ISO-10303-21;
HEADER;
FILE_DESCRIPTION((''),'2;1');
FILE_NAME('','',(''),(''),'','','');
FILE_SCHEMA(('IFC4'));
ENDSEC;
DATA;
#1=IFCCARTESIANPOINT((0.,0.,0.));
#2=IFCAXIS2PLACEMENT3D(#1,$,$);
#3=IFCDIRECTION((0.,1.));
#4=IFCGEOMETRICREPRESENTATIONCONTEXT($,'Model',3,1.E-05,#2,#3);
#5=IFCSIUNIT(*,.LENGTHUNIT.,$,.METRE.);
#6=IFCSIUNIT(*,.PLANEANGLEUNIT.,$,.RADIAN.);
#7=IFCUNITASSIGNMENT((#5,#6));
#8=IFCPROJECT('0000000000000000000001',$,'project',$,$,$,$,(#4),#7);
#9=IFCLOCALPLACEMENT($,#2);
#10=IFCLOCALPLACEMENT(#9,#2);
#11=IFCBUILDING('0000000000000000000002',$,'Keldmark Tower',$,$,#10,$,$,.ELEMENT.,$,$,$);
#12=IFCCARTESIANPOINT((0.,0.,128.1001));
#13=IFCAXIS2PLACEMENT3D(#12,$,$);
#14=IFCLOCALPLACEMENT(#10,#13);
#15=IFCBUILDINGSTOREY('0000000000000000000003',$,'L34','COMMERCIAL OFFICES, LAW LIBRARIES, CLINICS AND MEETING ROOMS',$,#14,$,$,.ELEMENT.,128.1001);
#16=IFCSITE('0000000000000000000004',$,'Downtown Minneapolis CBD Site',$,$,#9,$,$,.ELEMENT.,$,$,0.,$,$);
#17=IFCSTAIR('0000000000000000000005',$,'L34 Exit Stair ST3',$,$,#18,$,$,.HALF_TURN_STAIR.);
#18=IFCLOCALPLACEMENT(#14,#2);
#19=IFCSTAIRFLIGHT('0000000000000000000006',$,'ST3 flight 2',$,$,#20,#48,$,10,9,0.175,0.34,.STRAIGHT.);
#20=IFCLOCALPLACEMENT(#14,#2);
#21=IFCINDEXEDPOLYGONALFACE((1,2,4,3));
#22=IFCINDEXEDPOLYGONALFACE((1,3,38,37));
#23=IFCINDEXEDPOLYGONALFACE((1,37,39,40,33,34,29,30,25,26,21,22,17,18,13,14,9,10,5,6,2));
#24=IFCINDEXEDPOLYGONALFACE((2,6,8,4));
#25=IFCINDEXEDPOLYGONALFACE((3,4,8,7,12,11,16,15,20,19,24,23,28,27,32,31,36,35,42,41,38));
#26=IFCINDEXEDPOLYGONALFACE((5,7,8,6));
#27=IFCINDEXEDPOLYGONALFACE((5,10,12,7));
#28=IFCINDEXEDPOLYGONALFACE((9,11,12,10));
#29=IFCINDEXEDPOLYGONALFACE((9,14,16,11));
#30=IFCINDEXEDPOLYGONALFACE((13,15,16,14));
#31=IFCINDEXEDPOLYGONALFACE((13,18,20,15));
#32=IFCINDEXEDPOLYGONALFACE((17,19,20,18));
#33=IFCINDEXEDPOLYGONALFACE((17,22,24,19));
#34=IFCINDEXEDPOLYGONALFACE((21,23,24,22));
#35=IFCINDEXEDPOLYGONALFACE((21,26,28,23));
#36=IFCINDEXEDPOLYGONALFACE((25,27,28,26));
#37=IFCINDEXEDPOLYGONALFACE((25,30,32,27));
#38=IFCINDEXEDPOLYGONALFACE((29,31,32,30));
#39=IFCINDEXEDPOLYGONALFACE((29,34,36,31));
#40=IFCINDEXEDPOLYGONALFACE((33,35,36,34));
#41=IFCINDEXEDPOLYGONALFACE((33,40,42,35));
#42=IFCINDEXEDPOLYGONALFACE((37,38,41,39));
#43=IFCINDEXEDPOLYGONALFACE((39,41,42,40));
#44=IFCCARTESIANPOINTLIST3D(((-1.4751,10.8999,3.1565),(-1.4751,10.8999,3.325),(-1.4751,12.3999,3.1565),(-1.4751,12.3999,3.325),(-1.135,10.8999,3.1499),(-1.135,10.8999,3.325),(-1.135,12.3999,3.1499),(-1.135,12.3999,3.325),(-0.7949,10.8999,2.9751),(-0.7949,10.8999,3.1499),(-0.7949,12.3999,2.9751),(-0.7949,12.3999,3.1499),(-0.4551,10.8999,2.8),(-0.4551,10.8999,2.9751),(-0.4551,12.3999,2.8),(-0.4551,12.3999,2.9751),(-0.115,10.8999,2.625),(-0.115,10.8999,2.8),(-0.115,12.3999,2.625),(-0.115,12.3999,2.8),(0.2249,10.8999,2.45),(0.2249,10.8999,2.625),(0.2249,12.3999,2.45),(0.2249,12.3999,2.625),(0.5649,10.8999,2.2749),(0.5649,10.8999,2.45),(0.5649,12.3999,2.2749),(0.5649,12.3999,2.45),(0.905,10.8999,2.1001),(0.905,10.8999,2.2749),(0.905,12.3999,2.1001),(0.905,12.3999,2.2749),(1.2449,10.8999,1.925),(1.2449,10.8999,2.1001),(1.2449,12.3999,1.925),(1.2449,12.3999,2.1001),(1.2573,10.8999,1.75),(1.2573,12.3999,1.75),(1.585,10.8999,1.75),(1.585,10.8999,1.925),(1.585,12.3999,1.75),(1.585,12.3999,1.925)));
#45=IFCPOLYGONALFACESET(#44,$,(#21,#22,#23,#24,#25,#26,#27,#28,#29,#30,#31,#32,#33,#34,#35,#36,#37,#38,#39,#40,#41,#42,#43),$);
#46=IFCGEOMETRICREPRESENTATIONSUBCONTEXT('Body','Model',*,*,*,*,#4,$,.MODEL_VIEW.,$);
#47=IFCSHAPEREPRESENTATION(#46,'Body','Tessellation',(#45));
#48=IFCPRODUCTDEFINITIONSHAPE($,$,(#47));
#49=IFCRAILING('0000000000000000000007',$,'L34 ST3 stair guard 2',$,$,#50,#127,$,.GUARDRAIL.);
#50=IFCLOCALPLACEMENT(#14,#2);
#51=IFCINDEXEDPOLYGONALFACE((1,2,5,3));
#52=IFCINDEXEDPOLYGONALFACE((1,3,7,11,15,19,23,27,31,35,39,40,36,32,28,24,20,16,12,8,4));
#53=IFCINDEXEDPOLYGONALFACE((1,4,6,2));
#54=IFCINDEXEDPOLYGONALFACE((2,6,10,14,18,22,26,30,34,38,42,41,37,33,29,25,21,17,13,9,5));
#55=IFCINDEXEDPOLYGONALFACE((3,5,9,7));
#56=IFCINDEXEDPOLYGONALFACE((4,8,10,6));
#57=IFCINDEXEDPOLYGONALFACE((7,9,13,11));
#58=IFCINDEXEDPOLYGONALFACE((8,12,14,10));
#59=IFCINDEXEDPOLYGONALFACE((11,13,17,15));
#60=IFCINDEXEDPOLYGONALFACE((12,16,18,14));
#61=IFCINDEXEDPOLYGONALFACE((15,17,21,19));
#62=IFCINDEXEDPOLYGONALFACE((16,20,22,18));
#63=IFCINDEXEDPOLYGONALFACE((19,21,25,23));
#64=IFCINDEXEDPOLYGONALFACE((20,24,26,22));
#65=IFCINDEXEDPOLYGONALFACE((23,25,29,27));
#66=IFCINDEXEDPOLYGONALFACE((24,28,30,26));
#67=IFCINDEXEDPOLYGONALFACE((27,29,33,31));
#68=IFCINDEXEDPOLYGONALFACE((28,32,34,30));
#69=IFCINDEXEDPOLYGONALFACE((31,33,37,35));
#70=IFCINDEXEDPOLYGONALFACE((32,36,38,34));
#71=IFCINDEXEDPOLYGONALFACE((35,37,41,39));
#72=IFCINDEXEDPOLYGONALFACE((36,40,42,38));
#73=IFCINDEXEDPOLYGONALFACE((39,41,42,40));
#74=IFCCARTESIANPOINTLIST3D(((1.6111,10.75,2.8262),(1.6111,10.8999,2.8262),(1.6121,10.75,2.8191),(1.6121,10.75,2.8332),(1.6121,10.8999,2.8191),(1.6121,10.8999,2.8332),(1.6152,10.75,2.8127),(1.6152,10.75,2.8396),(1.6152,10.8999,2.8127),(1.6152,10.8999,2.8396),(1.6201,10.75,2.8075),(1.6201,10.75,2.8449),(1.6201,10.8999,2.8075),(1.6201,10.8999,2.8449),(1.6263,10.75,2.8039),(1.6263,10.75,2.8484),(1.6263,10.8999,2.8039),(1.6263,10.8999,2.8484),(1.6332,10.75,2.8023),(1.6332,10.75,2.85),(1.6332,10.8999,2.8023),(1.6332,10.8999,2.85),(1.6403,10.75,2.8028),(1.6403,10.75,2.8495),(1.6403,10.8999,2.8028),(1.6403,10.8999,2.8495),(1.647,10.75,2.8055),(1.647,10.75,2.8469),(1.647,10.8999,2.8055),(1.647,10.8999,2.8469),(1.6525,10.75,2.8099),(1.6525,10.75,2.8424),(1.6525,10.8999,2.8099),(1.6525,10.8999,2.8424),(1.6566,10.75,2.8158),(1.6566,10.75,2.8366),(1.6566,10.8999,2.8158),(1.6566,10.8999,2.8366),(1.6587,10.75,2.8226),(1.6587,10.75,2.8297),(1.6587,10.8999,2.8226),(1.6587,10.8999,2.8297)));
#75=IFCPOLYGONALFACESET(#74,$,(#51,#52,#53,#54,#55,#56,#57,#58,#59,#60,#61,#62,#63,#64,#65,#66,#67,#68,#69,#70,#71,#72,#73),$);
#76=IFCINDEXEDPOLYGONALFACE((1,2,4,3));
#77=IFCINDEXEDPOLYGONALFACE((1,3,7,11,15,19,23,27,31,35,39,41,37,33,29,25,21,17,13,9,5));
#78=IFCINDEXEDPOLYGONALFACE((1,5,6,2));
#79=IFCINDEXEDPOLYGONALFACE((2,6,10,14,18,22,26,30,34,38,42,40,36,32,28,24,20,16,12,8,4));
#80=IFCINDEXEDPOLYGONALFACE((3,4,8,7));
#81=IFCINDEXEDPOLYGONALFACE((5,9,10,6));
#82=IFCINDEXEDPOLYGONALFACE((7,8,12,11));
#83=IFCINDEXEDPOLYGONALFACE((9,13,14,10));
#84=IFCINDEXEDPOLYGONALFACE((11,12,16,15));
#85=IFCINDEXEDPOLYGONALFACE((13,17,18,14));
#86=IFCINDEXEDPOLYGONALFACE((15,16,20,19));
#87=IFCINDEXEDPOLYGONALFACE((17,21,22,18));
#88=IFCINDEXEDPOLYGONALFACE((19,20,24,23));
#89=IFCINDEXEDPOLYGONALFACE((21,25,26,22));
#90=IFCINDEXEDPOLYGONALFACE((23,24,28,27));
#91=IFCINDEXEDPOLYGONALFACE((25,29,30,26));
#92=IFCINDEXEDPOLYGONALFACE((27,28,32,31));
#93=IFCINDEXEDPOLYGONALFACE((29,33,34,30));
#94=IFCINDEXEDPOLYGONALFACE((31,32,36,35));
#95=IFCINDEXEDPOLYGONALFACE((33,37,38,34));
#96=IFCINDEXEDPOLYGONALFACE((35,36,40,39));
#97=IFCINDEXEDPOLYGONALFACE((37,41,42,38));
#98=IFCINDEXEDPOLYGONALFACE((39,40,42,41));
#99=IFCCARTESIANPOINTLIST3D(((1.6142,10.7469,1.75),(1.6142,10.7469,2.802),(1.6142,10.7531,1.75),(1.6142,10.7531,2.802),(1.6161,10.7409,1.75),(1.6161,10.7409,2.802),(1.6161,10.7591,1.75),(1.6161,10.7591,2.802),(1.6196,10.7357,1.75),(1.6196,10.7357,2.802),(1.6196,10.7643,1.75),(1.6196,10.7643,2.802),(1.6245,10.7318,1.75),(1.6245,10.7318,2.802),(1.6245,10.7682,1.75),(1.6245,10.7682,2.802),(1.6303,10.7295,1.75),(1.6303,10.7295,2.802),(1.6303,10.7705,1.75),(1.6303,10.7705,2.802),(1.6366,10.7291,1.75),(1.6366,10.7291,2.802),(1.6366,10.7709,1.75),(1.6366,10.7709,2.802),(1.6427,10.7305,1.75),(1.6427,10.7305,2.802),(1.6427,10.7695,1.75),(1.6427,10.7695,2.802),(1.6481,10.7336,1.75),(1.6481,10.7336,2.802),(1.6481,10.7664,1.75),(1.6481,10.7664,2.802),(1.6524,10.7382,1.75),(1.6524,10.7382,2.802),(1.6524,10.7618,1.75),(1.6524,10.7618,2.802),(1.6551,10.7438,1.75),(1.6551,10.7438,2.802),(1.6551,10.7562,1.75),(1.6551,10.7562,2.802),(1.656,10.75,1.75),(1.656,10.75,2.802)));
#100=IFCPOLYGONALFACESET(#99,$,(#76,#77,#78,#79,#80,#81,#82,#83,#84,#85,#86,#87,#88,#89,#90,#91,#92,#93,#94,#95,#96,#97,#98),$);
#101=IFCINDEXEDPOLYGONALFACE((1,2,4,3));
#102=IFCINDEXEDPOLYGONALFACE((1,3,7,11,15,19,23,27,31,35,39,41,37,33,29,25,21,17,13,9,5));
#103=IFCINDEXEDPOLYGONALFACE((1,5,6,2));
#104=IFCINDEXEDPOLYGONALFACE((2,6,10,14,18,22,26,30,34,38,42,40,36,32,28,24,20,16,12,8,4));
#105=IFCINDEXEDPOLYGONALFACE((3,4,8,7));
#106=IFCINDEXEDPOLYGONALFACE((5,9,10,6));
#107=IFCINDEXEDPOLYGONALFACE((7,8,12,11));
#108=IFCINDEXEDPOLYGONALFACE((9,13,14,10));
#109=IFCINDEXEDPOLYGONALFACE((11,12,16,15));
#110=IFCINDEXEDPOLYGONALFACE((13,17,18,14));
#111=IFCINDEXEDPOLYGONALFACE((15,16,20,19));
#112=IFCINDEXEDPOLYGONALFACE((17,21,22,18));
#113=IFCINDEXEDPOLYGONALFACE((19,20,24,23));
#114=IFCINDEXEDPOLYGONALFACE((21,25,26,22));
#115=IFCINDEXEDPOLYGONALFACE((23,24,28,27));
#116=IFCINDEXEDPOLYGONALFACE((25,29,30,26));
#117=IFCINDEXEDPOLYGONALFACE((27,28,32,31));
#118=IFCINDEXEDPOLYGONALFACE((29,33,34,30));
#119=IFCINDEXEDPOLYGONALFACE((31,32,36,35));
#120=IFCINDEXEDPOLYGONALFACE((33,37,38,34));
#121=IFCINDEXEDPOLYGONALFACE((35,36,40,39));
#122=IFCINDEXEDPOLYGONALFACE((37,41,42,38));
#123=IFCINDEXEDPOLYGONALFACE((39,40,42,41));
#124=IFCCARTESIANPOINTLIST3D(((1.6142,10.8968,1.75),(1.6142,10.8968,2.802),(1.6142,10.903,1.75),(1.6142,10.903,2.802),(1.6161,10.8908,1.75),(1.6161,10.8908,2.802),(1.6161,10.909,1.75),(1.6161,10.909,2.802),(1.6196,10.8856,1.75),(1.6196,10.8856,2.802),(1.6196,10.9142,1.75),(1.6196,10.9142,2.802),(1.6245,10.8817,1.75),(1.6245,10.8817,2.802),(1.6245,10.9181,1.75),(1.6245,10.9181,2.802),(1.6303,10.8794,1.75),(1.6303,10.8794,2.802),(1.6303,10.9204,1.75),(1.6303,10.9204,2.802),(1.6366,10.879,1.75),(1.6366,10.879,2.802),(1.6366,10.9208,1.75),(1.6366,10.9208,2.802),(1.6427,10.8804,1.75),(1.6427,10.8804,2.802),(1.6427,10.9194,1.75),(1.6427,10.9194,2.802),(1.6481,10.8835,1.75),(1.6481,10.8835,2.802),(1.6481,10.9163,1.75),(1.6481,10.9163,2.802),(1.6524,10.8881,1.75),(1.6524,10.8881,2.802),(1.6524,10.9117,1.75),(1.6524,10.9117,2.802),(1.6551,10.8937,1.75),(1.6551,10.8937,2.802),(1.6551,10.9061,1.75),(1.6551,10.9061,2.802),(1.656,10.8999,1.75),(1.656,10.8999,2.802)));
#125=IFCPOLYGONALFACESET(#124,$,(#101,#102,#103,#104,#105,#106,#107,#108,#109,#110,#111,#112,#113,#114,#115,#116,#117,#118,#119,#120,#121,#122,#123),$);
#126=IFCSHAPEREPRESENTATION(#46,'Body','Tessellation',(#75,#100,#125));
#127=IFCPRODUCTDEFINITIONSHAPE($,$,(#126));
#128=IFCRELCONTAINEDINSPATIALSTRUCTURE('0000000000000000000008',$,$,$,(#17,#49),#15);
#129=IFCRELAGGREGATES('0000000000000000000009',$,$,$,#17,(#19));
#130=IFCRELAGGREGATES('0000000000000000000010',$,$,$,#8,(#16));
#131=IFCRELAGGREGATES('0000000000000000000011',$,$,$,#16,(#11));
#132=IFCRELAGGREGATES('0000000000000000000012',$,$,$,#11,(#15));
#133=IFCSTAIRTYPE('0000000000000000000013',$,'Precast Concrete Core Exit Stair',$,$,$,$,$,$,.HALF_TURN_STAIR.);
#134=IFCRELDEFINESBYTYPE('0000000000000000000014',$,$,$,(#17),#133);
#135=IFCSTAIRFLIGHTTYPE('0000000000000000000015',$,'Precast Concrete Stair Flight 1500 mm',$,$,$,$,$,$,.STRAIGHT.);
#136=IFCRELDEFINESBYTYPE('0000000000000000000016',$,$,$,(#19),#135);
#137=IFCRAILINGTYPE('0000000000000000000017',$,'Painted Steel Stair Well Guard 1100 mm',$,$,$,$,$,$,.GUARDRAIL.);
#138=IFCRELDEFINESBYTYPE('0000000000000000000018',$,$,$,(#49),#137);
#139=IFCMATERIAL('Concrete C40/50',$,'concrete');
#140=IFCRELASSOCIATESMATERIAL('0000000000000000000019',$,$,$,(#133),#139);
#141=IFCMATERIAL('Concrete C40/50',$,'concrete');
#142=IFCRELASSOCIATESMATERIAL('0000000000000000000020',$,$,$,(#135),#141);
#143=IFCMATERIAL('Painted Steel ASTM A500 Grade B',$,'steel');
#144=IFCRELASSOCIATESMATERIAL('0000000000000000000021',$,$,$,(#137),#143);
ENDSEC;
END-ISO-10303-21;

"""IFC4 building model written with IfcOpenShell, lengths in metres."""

from ifc_helpers import new_model, si_unit, direction, frame, origin, origin_2d, place, context, subcontext, project, spatial, polyline, circle, outline, extrude, material, type_object, element, aggregate, save


model = new_model("IFC4")

# Units and contexts
model_context = context("Model", 3, precision=1e-05, world=origin(), true_north=direction((0.0, 1.0)))
body_context = subcontext(model_context, "Body", "Model", "MODEL_VIEW")
ifc_project = project(units=[si_unit("LENGTHUNIT", "METRE"), si_unit("PLANEANGLEUNIT", "RADIAN")], contexts=[model_context])

# Site, building, storey
site_placement = place(None, origin())
site = spatial("IfcSite", under=ifc_project, at=site_placement, Name="Downtown Minneapolis CBD Site", CompositionType="ELEMENT", RefElevation=0.0)
building_placement = place(site_placement, origin())
building = spatial("IfcBuilding", under=site, at=building_placement, Name="Keldmark Tower", CompositionType="ELEMENT")
storey_placement = place(building_placement, frame((0.0, 0.0, 128.1001)))
storey = spatial("IfcBuildingStorey", under=building, at=storey_placement, Name="L34", Description="COMMERCIAL OFFICES, LAW LIBRARIES, CLINICS AND MEETING ROOMS", CompositionType="ELEMENT", Elevation=128.1001)

# Stair, stair flight
ifc_material_1 = material(Name="Concrete C40/50", Category="concrete")
stair_type = type_object("IfcStairType", Name="Precast Concrete Core Exit Stair", PredefinedType="HALF_TURN_STAIR", material=ifc_material_1)
stair_placement = place(storey_placement, origin())
stair = element("IfcStair", 1, at=stair_placement, inside=storey, type_object=stair_type, Name="L34 Exit Stair ST3", PredefinedType="HALF_TURN_STAIR")
ifc_material_2 = material(Name="Concrete C40/50", Category="concrete")
stair_flight_type = type_object("IfcStairFlightType", Name="Precast Concrete Stair Flight 1500 mm", PredefinedType="STRAIGHT", material=ifc_material_2)
stair_flight_placement = place(storey_placement, frame((1.585, 11.6499, 1.75), z_axis=(0.0, 0.0, 1.0), x_axis=(-1.0, 0.0, 0.0)))
stair_flight = element("IfcStairFlight", 2, at=stair_flight_placement, type_object=stair_flight_type, Name="ST3 flight 2", NumberOfRisers=10, NumberOfTreads=9, PredefinedType="STRAIGHT", RiserHeight=0.175, TreadLength=0.34, context=body_context, shape_type="SweptSolid", body=[
    extrude(outline(polyline([(0.0, 0.0), (0.0, 0.175), (0.3401, 0.175), (0.3401, 0.3501), (0.6799, 0.3501), (0.6799, 0.5249), (1.02, 0.5249), (1.02, 0.7), (1.3601, 0.7), (1.3601, 0.875), (1.7, 0.875), (1.7, 1.05), (2.04, 1.05), (2.04, 1.2251), (2.3799, 1.2251), (2.3799, 1.3999), (2.72, 1.3999), (2.72, 1.575), (3.0601, 1.575), (3.0601, 1.75), (3.0601, 1.4065), (0.3276, 0.0), (0.0, 0.0)])), frame((0.0, 0.75, 0.0), z_axis=(0.0, -1.0, 0.0), x_axis=(1.0, 0.0, 0.0)), (0.0, 0.0, 1.0), 1.5),
])
aggregate(stair, [stair_flight])

# Railing
ifc_material_3 = material(Name="Painted Steel ASTM A500 Grade B", Category="steel")
railing_type_1 = type_object("IfcRailingType", Name="Painted Steel Stair Well Guard 1100 mm", PredefinedType="GUARDRAIL", material=ifc_material_3)
railing_1_placement = place(storey_placement, frame((1.635, 10.75, 1.75)))
element("IfcRailing", 3, at=railing_1_placement, inside=storey, type_object=railing_type_1, Name="L34 ST3 stair guard 2", PredefinedType="GUARDRAIL", context=body_context, shape_type="SweptSolid", body=[
    extrude(circle(Radius=0.0239, at=origin_2d()), frame((0.0, 0.0, 1.0762), z_axis=(0.0, 1.0, 0.0), x_axis=(-1.0, 0.0, 0.0)), (0.0, 0.0, 1.0), 0.1499),
    extrude(circle(Radius=0.021, at=origin_2d()), origin(), (0.0, 0.0, 1.0), 1.052),
    extrude(circle(Radius=0.021, at=origin_2d()), frame((0.0, 0.1499, 0.0)), (0.0, 0.0, 1.0), 1.052),
])

save(model, "model.ifc")
